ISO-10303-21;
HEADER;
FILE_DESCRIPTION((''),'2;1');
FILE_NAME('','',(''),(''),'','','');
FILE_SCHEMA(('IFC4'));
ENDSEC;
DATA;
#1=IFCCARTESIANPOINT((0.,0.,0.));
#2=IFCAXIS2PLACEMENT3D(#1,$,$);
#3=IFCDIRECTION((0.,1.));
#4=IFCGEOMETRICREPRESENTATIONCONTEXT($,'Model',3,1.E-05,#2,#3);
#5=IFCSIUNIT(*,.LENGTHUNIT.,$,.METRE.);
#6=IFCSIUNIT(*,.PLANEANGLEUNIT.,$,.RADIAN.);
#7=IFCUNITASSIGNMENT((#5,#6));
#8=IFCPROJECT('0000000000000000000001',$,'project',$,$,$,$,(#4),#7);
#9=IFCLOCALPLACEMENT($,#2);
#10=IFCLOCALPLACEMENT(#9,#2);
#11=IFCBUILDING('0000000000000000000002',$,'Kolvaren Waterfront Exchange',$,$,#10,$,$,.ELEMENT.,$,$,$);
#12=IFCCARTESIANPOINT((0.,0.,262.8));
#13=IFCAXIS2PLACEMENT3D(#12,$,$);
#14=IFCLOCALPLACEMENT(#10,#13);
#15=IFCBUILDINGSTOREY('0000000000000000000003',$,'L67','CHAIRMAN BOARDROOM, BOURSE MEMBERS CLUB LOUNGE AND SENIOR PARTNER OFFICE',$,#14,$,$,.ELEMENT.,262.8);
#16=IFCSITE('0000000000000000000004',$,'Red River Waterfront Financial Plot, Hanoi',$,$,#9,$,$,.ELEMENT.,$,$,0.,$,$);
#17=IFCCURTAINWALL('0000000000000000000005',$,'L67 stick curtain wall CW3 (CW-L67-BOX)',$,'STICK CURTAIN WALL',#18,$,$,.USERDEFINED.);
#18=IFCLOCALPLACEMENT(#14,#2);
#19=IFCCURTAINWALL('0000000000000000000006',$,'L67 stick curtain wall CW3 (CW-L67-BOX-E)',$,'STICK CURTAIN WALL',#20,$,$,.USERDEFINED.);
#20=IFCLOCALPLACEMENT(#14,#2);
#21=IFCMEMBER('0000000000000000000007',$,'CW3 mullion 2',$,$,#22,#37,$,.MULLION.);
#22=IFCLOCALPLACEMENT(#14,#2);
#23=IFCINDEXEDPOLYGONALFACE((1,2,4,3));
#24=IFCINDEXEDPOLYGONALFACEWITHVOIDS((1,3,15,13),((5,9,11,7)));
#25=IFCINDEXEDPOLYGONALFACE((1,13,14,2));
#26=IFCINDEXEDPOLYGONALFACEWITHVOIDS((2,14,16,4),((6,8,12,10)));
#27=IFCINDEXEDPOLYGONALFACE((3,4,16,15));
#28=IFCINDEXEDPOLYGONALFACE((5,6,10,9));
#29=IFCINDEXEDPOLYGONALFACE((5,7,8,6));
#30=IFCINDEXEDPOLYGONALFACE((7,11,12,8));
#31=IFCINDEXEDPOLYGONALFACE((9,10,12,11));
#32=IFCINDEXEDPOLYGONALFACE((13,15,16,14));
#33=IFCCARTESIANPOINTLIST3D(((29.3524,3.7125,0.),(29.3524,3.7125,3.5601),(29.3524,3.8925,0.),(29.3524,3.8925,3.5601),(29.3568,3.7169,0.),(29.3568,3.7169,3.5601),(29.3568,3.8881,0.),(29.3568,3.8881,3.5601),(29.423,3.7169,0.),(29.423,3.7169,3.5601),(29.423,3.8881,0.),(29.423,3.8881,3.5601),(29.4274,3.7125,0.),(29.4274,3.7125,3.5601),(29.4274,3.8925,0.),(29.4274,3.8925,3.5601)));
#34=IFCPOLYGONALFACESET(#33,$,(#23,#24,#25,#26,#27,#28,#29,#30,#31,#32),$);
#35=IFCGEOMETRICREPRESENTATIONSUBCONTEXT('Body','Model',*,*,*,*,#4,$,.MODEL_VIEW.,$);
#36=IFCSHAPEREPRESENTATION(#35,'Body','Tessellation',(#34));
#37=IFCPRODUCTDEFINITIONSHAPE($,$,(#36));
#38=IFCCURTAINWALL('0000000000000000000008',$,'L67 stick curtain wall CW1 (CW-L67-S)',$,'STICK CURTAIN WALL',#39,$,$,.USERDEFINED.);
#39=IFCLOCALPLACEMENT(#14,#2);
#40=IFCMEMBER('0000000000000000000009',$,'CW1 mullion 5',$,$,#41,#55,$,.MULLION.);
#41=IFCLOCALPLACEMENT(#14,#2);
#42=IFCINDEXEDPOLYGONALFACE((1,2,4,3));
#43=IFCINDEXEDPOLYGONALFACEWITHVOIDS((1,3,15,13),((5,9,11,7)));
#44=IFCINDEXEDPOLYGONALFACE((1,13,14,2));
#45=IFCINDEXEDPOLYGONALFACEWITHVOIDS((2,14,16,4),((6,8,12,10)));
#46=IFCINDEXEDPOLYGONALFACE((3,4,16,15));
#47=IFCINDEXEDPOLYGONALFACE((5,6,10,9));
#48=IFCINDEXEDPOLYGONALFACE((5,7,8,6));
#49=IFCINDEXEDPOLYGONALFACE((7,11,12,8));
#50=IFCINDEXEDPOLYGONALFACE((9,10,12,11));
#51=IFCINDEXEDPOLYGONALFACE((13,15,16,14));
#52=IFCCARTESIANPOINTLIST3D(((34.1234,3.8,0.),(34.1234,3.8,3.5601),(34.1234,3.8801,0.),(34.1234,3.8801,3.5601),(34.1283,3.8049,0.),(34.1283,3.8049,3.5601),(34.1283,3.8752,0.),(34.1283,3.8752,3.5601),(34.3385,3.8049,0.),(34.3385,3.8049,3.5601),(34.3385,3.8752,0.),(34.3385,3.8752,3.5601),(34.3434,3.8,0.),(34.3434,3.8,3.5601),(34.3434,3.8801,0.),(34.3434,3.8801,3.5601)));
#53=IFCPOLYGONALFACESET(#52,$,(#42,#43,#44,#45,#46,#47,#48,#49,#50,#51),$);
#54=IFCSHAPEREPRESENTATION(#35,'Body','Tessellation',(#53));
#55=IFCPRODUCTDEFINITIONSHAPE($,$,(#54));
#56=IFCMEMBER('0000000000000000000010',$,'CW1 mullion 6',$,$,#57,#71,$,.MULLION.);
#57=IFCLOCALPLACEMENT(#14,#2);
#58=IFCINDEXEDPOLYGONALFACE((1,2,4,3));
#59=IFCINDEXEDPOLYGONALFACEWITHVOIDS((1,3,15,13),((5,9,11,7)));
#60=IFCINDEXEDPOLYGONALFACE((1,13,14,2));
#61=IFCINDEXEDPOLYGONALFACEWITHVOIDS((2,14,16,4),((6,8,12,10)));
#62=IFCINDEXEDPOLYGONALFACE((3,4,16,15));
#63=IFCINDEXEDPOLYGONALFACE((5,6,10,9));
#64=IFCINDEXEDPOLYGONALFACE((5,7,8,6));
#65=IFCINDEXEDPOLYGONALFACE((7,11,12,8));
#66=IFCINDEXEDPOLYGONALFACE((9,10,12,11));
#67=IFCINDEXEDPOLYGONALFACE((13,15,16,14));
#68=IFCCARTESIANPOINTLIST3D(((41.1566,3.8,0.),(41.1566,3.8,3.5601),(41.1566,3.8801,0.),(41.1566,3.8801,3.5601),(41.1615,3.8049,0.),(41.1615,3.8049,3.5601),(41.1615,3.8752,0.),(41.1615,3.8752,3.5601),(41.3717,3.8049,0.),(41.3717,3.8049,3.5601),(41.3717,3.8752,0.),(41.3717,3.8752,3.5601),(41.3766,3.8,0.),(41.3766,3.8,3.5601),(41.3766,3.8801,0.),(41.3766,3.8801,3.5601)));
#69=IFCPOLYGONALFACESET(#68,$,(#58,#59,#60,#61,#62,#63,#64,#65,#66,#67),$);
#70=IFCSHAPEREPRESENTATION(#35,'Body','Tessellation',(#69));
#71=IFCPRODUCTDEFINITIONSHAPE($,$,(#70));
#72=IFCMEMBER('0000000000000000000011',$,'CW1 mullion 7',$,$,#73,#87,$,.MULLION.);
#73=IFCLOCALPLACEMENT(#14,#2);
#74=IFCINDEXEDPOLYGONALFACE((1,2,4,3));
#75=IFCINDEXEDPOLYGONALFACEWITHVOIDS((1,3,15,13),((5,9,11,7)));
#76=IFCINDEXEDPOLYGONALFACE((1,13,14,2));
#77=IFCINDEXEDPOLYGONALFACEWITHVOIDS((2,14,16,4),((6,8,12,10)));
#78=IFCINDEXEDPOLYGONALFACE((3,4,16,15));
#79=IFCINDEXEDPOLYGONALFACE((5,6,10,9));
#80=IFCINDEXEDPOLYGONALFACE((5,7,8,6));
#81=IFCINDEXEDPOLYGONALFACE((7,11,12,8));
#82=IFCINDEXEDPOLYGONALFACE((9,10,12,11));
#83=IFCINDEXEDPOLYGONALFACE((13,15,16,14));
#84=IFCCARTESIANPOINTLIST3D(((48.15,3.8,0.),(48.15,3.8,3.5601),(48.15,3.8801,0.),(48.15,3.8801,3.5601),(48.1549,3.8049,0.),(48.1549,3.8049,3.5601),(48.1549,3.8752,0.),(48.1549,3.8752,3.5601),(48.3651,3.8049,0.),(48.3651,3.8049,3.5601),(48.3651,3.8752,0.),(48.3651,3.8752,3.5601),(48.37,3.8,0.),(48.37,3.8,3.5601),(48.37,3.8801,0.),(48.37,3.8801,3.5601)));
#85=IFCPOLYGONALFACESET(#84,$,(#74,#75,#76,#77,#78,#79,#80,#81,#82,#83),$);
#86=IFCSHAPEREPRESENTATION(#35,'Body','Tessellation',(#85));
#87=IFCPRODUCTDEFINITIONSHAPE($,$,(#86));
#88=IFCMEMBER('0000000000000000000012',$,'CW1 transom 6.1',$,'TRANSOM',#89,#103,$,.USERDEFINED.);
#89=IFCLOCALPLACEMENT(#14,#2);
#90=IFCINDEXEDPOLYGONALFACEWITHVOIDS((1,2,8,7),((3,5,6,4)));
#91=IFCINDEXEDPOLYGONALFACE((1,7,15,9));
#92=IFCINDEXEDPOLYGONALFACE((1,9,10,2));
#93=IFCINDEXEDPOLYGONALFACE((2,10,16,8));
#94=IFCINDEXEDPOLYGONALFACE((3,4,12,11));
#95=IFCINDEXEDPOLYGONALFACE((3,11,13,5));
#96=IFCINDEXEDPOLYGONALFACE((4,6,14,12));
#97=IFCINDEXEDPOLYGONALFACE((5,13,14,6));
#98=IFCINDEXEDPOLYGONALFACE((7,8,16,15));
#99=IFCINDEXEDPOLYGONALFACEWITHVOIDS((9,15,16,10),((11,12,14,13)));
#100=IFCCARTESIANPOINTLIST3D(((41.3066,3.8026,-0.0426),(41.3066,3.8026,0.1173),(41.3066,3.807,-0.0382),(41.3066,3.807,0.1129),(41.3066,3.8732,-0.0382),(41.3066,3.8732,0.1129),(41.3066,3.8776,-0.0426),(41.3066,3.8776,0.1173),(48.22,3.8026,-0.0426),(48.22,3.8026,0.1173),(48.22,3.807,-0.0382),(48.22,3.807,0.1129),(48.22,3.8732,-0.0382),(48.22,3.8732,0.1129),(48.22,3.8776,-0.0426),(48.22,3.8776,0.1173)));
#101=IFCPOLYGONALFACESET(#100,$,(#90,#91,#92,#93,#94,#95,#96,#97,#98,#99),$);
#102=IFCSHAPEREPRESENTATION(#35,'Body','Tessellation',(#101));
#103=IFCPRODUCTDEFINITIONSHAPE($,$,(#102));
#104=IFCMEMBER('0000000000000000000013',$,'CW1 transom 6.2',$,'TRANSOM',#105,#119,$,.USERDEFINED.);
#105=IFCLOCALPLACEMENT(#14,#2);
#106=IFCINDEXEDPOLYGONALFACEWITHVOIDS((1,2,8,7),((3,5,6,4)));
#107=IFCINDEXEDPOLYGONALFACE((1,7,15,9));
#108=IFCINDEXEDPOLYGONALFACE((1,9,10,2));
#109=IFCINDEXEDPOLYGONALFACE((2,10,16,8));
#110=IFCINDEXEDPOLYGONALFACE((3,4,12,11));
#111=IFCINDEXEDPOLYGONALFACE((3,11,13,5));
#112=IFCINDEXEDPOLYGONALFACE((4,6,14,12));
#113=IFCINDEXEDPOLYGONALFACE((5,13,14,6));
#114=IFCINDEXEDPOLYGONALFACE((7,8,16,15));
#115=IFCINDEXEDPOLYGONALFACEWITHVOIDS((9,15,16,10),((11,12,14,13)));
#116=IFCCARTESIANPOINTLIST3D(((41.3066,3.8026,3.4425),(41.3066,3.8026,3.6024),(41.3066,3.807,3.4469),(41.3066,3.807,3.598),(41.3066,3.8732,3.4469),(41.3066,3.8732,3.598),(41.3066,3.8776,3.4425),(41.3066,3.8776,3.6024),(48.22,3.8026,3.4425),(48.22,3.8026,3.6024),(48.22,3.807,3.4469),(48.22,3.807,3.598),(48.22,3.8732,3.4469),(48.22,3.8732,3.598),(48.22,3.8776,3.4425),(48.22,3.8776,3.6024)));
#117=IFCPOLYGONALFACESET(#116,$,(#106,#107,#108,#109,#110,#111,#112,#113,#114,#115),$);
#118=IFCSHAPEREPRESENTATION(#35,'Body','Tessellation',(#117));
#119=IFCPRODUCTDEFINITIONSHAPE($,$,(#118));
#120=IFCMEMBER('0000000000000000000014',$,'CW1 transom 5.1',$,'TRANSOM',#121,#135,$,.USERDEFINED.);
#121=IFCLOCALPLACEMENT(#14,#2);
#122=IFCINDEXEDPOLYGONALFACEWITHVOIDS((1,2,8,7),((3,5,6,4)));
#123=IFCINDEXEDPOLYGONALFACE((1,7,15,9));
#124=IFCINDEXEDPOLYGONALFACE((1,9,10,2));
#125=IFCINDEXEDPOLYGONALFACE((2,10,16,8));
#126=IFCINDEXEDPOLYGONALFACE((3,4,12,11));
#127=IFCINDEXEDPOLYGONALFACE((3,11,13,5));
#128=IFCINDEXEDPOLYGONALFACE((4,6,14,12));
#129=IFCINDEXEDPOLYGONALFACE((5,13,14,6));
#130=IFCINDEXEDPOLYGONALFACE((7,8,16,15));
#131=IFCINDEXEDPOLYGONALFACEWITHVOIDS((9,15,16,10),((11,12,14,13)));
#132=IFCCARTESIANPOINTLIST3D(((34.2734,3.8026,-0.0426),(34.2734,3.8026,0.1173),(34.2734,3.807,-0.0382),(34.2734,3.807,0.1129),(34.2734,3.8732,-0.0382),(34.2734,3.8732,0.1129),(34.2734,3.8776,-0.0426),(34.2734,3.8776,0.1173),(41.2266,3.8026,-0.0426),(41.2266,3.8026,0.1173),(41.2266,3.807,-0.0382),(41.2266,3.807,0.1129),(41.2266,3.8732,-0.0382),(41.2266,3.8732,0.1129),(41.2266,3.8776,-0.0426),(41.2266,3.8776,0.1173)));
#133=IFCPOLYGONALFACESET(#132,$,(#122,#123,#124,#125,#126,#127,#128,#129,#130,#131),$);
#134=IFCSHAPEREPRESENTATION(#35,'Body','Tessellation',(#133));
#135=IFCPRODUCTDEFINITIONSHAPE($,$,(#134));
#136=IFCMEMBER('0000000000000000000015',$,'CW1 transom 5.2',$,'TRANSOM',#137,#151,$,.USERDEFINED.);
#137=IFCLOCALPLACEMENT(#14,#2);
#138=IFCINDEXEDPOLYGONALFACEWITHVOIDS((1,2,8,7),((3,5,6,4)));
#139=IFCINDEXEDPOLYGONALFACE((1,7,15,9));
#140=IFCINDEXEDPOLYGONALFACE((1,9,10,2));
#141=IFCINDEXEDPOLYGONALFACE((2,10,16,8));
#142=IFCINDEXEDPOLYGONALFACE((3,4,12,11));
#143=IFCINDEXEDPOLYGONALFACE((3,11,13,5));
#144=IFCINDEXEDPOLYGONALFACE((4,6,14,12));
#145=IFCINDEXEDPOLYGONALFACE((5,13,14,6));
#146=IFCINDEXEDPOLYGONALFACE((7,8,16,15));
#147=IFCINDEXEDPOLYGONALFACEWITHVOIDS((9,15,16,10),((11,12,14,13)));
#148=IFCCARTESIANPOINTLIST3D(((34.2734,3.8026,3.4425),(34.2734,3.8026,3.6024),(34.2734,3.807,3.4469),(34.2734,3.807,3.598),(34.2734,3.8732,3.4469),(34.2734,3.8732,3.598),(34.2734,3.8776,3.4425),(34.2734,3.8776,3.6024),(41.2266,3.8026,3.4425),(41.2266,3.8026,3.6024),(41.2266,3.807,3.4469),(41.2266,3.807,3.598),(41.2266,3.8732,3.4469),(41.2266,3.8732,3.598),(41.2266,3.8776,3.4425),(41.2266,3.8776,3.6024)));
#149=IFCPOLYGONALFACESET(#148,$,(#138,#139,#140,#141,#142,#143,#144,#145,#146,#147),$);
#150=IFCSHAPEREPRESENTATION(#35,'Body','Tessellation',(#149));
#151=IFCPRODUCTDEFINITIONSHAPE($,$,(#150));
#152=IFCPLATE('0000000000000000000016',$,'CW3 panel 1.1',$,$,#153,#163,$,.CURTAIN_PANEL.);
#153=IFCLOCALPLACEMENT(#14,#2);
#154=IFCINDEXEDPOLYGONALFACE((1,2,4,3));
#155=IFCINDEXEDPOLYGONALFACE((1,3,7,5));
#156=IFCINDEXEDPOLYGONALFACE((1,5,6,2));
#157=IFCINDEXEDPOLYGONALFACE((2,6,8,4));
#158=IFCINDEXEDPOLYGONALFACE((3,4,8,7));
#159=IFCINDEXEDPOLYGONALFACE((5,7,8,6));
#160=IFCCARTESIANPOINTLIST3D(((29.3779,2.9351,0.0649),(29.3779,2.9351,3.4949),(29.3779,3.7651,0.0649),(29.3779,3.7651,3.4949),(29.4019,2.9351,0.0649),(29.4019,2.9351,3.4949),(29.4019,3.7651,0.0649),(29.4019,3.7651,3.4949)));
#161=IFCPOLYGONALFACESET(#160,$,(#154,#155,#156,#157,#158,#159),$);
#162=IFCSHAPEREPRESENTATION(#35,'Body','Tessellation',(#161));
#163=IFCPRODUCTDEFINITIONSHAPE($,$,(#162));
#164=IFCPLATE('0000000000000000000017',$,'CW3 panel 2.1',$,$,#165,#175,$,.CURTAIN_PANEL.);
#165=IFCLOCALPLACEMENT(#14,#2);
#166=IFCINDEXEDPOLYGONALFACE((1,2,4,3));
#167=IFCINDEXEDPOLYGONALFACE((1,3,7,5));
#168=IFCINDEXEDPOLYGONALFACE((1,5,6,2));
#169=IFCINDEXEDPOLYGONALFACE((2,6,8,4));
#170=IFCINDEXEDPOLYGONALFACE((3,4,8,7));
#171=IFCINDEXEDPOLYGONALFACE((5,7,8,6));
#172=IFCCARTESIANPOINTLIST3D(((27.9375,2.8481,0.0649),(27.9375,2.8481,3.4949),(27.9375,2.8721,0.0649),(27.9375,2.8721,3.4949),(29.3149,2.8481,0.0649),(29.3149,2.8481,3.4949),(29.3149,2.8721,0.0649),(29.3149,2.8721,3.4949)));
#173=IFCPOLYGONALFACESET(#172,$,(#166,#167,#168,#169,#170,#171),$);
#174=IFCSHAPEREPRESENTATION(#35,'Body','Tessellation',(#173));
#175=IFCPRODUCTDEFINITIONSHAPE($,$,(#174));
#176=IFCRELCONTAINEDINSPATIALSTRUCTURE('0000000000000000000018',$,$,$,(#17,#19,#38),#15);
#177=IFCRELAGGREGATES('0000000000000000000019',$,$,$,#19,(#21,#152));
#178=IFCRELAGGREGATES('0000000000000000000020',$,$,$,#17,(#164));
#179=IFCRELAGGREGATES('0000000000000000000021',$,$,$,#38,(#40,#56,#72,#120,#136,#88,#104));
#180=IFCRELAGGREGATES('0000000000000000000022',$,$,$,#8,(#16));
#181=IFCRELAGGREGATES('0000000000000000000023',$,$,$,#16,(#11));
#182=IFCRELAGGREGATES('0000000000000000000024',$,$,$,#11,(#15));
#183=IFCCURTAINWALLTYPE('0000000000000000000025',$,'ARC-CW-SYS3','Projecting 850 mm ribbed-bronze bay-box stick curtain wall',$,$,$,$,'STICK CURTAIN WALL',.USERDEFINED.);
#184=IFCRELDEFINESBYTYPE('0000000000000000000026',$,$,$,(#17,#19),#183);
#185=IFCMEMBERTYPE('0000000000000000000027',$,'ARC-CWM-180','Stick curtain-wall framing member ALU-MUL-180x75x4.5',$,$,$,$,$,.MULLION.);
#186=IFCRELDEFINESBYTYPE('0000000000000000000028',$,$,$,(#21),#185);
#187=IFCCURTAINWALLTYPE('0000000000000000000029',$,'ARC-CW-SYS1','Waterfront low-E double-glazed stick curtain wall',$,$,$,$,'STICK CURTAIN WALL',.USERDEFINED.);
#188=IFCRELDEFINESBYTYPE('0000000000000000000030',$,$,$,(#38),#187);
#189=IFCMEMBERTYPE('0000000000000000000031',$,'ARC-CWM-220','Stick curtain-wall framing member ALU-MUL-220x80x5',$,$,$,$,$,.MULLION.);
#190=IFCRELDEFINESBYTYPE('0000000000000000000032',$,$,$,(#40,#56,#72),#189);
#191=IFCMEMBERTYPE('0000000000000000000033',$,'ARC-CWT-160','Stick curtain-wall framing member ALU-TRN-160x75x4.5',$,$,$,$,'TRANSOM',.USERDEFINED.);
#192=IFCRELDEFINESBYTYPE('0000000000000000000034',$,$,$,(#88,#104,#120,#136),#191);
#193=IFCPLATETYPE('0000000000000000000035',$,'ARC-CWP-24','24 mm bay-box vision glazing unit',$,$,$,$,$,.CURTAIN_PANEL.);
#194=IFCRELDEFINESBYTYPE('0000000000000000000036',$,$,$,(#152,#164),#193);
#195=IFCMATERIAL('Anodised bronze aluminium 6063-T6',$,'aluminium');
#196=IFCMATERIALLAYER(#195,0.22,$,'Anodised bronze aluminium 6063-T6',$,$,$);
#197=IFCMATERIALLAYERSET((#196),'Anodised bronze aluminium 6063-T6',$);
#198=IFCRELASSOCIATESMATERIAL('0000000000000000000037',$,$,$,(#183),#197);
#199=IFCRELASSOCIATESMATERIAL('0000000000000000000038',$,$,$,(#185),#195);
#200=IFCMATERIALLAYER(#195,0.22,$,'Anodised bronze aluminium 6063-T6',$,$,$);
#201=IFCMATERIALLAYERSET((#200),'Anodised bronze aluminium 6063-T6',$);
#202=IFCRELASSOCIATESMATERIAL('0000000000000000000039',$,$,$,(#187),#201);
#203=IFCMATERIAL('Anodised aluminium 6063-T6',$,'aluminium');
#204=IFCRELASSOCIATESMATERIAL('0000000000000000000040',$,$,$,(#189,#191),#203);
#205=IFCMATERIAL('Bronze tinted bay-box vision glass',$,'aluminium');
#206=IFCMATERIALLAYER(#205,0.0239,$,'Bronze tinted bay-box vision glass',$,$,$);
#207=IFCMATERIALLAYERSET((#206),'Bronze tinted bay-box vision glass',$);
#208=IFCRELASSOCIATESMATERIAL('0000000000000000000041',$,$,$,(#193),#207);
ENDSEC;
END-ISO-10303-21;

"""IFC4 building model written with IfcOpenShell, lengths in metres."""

from ifc_helpers import new_model, si_unit, direction, frame, origin, origin_with_axes, origin_2d, place, context, subcontext, project, spatial, rectangle, hollow_rectangle, extrude, source, transform, mapped, material, layer, layer_set, material_profile, profile_set, type_object, element, aggregate, save


model = new_model("IFC4")

# Units and contexts
model_context = context("Model", 3, precision=1e-05, world=origin(), true_north=direction((0.0, 1.0)))
body_context = subcontext(model_context, "Body", "Model", "MODEL_VIEW")
ifc_project = project(units=[si_unit("LENGTHUNIT", "METRE"), si_unit("PLANEANGLEUNIT", "RADIAN")], contexts=[model_context])

# Site, building, storey
site_placement = place(None, origin())
site = spatial("IfcSite", under=ifc_project, at=site_placement, Name="Red River Waterfront Financial Plot, Hanoi", CompositionType="ELEMENT", RefElevation=0.0)
building_placement = place(site_placement, origin())
building = spatial("IfcBuilding", under=site, at=building_placement, Name="Kolvaren Waterfront Exchange", CompositionType="ELEMENT")
storey_placement = place(building_placement, frame((0.0, 0.0, 262.8)))
storey = spatial("IfcBuildingStorey", under=building, at=storey_placement, Name="L67", Description="CHAIRMAN BOARDROOM, BOURSE MEMBERS CLUB LOUNGE AND SENIOR PARTNER OFFICE", CompositionType="ELEMENT", Elevation=262.8)

# Curtain walls
ifc_material_1 = material(Name="Anodised bronze aluminium 6063-T6", Category="aluminium")
ifc_layer_1 = layer(ifc_material_1, 0.22, Name="Anodised bronze aluminium 6063-T6")
ifc_layer_set_1 = layer_set([ifc_layer_1], Name="Anodised bronze aluminium 6063-T6")
curtain_wall_type_1 = type_object("IfcCurtainWallType", Name="ARC-CW-SYS3", Description="Projecting 850 mm ribbed-bronze bay-box stick curtain wall", ElementType="STICK CURTAIN WALL", PredefinedType="USERDEFINED", material=ifc_layer_set_1)
curtain_wall_1_placement = place(storey_placement, origin())
curtain_wall_1 = element("IfcCurtainWall", 1, at=curtain_wall_1_placement, inside=storey, type_object=curtain_wall_type_1, Name="L67 stick curtain wall CW3 (CW-L67-BOX)", ObjectType="STICK CURTAIN WALL", PredefinedType="USERDEFINED")
curtain_wall_2_placement = place(storey_placement, origin())
curtain_wall_2 = element("IfcCurtainWall", 2, at=curtain_wall_2_placement, inside=storey, type_object=curtain_wall_type_1, Name="L67 stick curtain wall CW3 (CW-L67-BOX-E)", ObjectType="STICK CURTAIN WALL", PredefinedType="USERDEFINED")

# Member
ifc_material_profile_1 = material_profile(ifc_material_1, hollow_rectangle(XDim=0.075, YDim=0.1799, WallThickness=0.0044, at=origin_2d()), Name="ALU-MUL-180x75x4.5")
ifc_profile_set_1 = profile_set([ifc_material_profile_1], Name="Anodised bronze aluminium 6063-T6")
member_type_1 = type_object("IfcMemberType", Name="ARC-CWM-180", Description="Stick curtain-wall framing member ALU-MUL-180x75x4.5", PredefinedType="MULLION", material=ifc_profile_set_1)
shared_shape_1 = source(origin_with_axes(), body_context, "Body", "SweptSolid", [
    extrude(hollow_rectangle(XDim=0.075, YDim=0.1799, WallThickness=0.0044, at=origin_2d()), origin(), (0.0, 0.0, 1.0), 3.5601),
])
member_1_placement = place(storey_placement, frame((29.3899, 3.8025, 0.0), z_axis=(0.0, 0.0, 1.0), x_axis=(-1.0, 0.0, 0.0)))
member_1 = element("IfcMember", 3, at=member_1_placement, type_object=member_type_1, Name="CW3 mullion 2", PredefinedType="MULLION", context=body_context, shape_type="MappedRepresentation", body=[
    mapped(shared_shape_1, transform((0.0, 0.0, 0.0), x_axis=(1.0, 0.0, 0.0), y_axis=(0.0, 1.0, 0.0), z_axis=(0.0, 0.0, 1.0), scale=1.0)),
])

# Curtain wall, members
ifc_layer_2 = layer(ifc_material_1, 0.22, Name="Anodised bronze aluminium 6063-T6")
ifc_layer_set_2 = layer_set([ifc_layer_2], Name="Anodised bronze aluminium 6063-T6")
curtain_wall_type_2 = type_object("IfcCurtainWallType", Name="ARC-CW-SYS1", Description="Waterfront low-E double-glazed stick curtain wall", ElementType="STICK CURTAIN WALL", PredefinedType="USERDEFINED", material=ifc_layer_set_2)
curtain_wall_3_placement = place(storey_placement, origin())
curtain_wall_3 = element("IfcCurtainWall", 4, at=curtain_wall_3_placement, inside=storey, type_object=curtain_wall_type_2, Name="L67 stick curtain wall CW1 (CW-L67-S)", ObjectType="STICK CURTAIN WALL", PredefinedType="USERDEFINED")
ifc_material_2 = material(Name="Anodised aluminium 6063-T6", Category="aluminium")
ifc_material_profile_2 = material_profile(ifc_material_2, hollow_rectangle(XDim=0.0801, YDim=0.22, WallThickness=0.0049, at=origin_2d()), Name="ALU-MUL-220x80x5")
ifc_profile_set_2 = profile_set([ifc_material_profile_2], Name="Anodised aluminium 6063-T6")
member_type_2 = type_object("IfcMemberType", Name="ARC-CWM-220", Description="Stick curtain-wall framing member ALU-MUL-220x80x5", PredefinedType="MULLION", material=ifc_profile_set_2)
shared_shape_2 = source(origin_with_axes(), body_context, "Body", "SweptSolid", [
    extrude(hollow_rectangle(XDim=0.0801, YDim=0.22, WallThickness=0.0049, at=origin_2d()), origin(), (0.0, 0.0, 1.0), 3.5601),
])
member_2_placement = place(storey_placement, frame((34.2334, 3.8401, 0.0), z_axis=(0.0, 0.0, 1.0), x_axis=(0.0, 1.0, 0.0)))
member_2 = element("IfcMember", 5, at=member_2_placement, type_object=member_type_2, Name="CW1 mullion 5", PredefinedType="MULLION", context=body_context, shape_type="MappedRepresentation", body=[
    mapped(shared_shape_2, transform((0.0, 0.0, 0.0), x_axis=(1.0, 0.0, 0.0), y_axis=(0.0, 1.0, 0.0), z_axis=(0.0, 0.0, 1.0), scale=1.0)),
])
member_3_placement = place(storey_placement, frame((41.2666, 3.8401, 0.0), z_axis=(0.0, 0.0, 1.0), x_axis=(0.0, 1.0, 0.0)))
member_3 = element("IfcMember", 6, at=member_3_placement, type_object=member_type_2, Name="CW1 mullion 6", PredefinedType="MULLION", context=body_context, shape_type="MappedRepresentation", body=[
    mapped(shared_shape_2, transform((0.0, 0.0, 0.0), x_axis=(1.0, 0.0, 0.0), y_axis=(0.0, 1.0, 0.0), z_axis=(0.0, 0.0, 1.0), scale=1.0)),
])
member_4_placement = place(storey_placement, frame((48.26, 3.8401, 0.0), z_axis=(0.0, 0.0, 1.0), x_axis=(0.0, 1.0, 0.0)))
member_4 = element("IfcMember", 7, at=member_4_placement, type_object=member_type_2, Name="CW1 mullion 7", PredefinedType="MULLION", context=body_context, shape_type="MappedRepresentation", body=[
    mapped(shared_shape_2, transform((0.0, 0.0, 0.0), x_axis=(1.0, 0.0, 0.0), y_axis=(0.0, 1.0, 0.0), z_axis=(0.0, 0.0, 1.0), scale=1.0)),
])
ifc_material_profile_3 = material_profile(ifc_material_2, hollow_rectangle(XDim=0.075, YDim=0.1599, WallThickness=0.0044, at=origin_2d()), Name="ALU-TRN-160x75x4.5")
ifc_profile_set_3 = profile_set([ifc_material_profile_3], Name="Anodised aluminium 6063-T6")
member_type_3 = type_object("IfcMemberType", Name="ARC-CWT-160", Description="Stick curtain-wall framing member ALU-TRN-160x75x4.5", ElementType="TRANSOM", PredefinedType="USERDEFINED", material=ifc_profile_set_3)
shared_shape_3 = source(origin_with_axes(), body_context, "Body", "SweptSolid", [
    extrude(hollow_rectangle(XDim=0.075, YDim=0.1599, WallThickness=0.0044, at=origin_2d()), origin(), (0.0, 0.0, 1.0), 6.9133),
])
member_5_placement = place(storey_placement, frame((41.3066, 3.8401, 0.0374), z_axis=(1.0, 0.0, 0.0), x_axis=(0.0, 1.0, 0.0)))
member_5 = element("IfcMember", 8, at=member_5_placement, type_object=member_type_3, Name="CW1 transom 6.1", ObjectType="TRANSOM", PredefinedType="USERDEFINED", context=body_context, shape_type="MappedRepresentation", body=[
    mapped(shared_shape_3, transform((0.0, 0.0, 0.0), x_axis=(1.0, 0.0, 0.0), y_axis=(0.0, 1.0, 0.0), z_axis=(0.0, 0.0, 1.0), scale=1.0)),
])
member_6_placement = place(storey_placement, frame((41.3066, 3.8401, 3.5225), z_axis=(1.0, 0.0, 0.0), x_axis=(0.0, 1.0, 0.0)))
member_6 = element("IfcMember", 9, at=member_6_placement, type_object=member_type_3, Name="CW1 transom 6.2", ObjectType="TRANSOM", PredefinedType="USERDEFINED", context=body_context, shape_type="MappedRepresentation", body=[
    mapped(shared_shape_3, transform((0.0, 0.0, 0.0), x_axis=(1.0, 0.0, 0.0), y_axis=(0.0, 1.0, 0.0), z_axis=(0.0, 0.0, 1.0), scale=1.0)),
])
shared_shape_4 = source(origin_with_axes(), body_context, "Body", "SweptSolid", [
    extrude(hollow_rectangle(XDim=0.075, YDim=0.1599, WallThickness=0.0044, at=origin_2d()), origin(), (0.0, 0.0, 1.0), 6.9531),
])
member_7_placement = place(storey_placement, frame((34.2734, 3.8401, 0.0374), z_axis=(1.0, 0.0, 0.0), x_axis=(0.0, 1.0, 0.0)))
member_7 = element("IfcMember", 10, at=member_7_placement, type_object=member_type_3, Name="CW1 transom 5.1", ObjectType="TRANSOM", PredefinedType="USERDEFINED", context=body_context, shape_type="MappedRepresentation", body=[
    mapped(shared_shape_4, transform((0.0, 0.0, 0.0), x_axis=(1.0, 0.0, 0.0), y_axis=(0.0, 1.0, 0.0), z_axis=(0.0, 0.0, 1.0), scale=1.0)),
])
member_8_placement = place(storey_placement, frame((34.2734, 3.8401, 3.5225), z_axis=(1.0, 0.0, 0.0), x_axis=(0.0, 1.0, 0.0)))
member_8 = element("IfcMember", 11, at=member_8_placement, type_object=member_type_3, Name="CW1 transom 5.2", ObjectType="TRANSOM", PredefinedType="USERDEFINED", context=body_context, shape_type="MappedRepresentation", body=[
    mapped(shared_shape_4, transform((0.0, 0.0, 0.0), x_axis=(1.0, 0.0, 0.0), y_axis=(0.0, 1.0, 0.0), z_axis=(0.0, 0.0, 1.0), scale=1.0)),
])

# Plates
ifc_material_3 = material(Name="Bronze tinted bay-box vision glass", Category="aluminium")
ifc_layer_3 = layer(ifc_material_3, 0.0239, Name="Bronze tinted bay-box vision glass")
ifc_layer_set_3 = layer_set([ifc_layer_3], Name="Bronze tinted bay-box vision glass")
plate_type_1 = type_object("IfcPlateType", Name="ARC-CWP-24", Description="24 mm bay-box vision glazing unit", PredefinedType="CURTAIN_PANEL", material=ifc_layer_set_3)
shared_shape_5 = source(origin_with_axes(), body_context, "Body", "SweptSolid", [
    extrude(rectangle(XDim=0.8301, YDim=0.0239, at=origin_2d()), origin(), (0.0, 0.0, 1.0), 3.4299),
])
plate_1_placement = place(storey_placement, frame((29.3899, 3.3501, 0.0649), z_axis=(0.0, 0.0, 1.0), x_axis=(0.0, 1.0, 0.0)))
plate_1 = element("IfcPlate", 12, at=plate_1_placement, type_object=plate_type_1, Name="CW3 panel 1.1", PredefinedType="CURTAIN_PANEL", context=body_context, shape_type="MappedRepresentation", body=[
    mapped(shared_shape_5, transform((0.0, 0.0, 0.0), x_axis=(1.0, 0.0, 0.0), y_axis=(0.0, 1.0, 0.0), z_axis=(0.0, 0.0, 1.0), scale=1.0)),
])
aggregate(curtain_wall_2, [member_1, plate_1])
shared_shape_6 = source(origin_with_axes(), body_context, "Body", "SweptSolid", [
    extrude(rectangle(XDim=1.3774, YDim=0.0239, at=origin_2d()), origin(), (0.0, 0.0, 1.0), 3.4299),
])
plate_2_placement = place(storey_placement, frame((28.6262, 2.8601, 0.0649), z_axis=(0.0, 0.0, 1.0), x_axis=(1.0, 0.0, 0.0)))
plate_2 = element("IfcPlate", 13, at=plate_2_placement, type_object=plate_type_1, Name="CW3 panel 2.1", PredefinedType="CURTAIN_PANEL", context=body_context, shape_type="MappedRepresentation", body=[
    mapped(shared_shape_6, transform((0.0, 0.0, 0.0), x_axis=(1.0, 0.0, 0.0), y_axis=(0.0, 1.0, 0.0), z_axis=(0.0, 0.0, 1.0), scale=1.0)),
])
aggregate(curtain_wall_1, [plate_2])
aggregate(curtain_wall_3, [member_2, member_3, member_4, member_7, member_8, member_5, member_6])

save(model, "model.ifc")
